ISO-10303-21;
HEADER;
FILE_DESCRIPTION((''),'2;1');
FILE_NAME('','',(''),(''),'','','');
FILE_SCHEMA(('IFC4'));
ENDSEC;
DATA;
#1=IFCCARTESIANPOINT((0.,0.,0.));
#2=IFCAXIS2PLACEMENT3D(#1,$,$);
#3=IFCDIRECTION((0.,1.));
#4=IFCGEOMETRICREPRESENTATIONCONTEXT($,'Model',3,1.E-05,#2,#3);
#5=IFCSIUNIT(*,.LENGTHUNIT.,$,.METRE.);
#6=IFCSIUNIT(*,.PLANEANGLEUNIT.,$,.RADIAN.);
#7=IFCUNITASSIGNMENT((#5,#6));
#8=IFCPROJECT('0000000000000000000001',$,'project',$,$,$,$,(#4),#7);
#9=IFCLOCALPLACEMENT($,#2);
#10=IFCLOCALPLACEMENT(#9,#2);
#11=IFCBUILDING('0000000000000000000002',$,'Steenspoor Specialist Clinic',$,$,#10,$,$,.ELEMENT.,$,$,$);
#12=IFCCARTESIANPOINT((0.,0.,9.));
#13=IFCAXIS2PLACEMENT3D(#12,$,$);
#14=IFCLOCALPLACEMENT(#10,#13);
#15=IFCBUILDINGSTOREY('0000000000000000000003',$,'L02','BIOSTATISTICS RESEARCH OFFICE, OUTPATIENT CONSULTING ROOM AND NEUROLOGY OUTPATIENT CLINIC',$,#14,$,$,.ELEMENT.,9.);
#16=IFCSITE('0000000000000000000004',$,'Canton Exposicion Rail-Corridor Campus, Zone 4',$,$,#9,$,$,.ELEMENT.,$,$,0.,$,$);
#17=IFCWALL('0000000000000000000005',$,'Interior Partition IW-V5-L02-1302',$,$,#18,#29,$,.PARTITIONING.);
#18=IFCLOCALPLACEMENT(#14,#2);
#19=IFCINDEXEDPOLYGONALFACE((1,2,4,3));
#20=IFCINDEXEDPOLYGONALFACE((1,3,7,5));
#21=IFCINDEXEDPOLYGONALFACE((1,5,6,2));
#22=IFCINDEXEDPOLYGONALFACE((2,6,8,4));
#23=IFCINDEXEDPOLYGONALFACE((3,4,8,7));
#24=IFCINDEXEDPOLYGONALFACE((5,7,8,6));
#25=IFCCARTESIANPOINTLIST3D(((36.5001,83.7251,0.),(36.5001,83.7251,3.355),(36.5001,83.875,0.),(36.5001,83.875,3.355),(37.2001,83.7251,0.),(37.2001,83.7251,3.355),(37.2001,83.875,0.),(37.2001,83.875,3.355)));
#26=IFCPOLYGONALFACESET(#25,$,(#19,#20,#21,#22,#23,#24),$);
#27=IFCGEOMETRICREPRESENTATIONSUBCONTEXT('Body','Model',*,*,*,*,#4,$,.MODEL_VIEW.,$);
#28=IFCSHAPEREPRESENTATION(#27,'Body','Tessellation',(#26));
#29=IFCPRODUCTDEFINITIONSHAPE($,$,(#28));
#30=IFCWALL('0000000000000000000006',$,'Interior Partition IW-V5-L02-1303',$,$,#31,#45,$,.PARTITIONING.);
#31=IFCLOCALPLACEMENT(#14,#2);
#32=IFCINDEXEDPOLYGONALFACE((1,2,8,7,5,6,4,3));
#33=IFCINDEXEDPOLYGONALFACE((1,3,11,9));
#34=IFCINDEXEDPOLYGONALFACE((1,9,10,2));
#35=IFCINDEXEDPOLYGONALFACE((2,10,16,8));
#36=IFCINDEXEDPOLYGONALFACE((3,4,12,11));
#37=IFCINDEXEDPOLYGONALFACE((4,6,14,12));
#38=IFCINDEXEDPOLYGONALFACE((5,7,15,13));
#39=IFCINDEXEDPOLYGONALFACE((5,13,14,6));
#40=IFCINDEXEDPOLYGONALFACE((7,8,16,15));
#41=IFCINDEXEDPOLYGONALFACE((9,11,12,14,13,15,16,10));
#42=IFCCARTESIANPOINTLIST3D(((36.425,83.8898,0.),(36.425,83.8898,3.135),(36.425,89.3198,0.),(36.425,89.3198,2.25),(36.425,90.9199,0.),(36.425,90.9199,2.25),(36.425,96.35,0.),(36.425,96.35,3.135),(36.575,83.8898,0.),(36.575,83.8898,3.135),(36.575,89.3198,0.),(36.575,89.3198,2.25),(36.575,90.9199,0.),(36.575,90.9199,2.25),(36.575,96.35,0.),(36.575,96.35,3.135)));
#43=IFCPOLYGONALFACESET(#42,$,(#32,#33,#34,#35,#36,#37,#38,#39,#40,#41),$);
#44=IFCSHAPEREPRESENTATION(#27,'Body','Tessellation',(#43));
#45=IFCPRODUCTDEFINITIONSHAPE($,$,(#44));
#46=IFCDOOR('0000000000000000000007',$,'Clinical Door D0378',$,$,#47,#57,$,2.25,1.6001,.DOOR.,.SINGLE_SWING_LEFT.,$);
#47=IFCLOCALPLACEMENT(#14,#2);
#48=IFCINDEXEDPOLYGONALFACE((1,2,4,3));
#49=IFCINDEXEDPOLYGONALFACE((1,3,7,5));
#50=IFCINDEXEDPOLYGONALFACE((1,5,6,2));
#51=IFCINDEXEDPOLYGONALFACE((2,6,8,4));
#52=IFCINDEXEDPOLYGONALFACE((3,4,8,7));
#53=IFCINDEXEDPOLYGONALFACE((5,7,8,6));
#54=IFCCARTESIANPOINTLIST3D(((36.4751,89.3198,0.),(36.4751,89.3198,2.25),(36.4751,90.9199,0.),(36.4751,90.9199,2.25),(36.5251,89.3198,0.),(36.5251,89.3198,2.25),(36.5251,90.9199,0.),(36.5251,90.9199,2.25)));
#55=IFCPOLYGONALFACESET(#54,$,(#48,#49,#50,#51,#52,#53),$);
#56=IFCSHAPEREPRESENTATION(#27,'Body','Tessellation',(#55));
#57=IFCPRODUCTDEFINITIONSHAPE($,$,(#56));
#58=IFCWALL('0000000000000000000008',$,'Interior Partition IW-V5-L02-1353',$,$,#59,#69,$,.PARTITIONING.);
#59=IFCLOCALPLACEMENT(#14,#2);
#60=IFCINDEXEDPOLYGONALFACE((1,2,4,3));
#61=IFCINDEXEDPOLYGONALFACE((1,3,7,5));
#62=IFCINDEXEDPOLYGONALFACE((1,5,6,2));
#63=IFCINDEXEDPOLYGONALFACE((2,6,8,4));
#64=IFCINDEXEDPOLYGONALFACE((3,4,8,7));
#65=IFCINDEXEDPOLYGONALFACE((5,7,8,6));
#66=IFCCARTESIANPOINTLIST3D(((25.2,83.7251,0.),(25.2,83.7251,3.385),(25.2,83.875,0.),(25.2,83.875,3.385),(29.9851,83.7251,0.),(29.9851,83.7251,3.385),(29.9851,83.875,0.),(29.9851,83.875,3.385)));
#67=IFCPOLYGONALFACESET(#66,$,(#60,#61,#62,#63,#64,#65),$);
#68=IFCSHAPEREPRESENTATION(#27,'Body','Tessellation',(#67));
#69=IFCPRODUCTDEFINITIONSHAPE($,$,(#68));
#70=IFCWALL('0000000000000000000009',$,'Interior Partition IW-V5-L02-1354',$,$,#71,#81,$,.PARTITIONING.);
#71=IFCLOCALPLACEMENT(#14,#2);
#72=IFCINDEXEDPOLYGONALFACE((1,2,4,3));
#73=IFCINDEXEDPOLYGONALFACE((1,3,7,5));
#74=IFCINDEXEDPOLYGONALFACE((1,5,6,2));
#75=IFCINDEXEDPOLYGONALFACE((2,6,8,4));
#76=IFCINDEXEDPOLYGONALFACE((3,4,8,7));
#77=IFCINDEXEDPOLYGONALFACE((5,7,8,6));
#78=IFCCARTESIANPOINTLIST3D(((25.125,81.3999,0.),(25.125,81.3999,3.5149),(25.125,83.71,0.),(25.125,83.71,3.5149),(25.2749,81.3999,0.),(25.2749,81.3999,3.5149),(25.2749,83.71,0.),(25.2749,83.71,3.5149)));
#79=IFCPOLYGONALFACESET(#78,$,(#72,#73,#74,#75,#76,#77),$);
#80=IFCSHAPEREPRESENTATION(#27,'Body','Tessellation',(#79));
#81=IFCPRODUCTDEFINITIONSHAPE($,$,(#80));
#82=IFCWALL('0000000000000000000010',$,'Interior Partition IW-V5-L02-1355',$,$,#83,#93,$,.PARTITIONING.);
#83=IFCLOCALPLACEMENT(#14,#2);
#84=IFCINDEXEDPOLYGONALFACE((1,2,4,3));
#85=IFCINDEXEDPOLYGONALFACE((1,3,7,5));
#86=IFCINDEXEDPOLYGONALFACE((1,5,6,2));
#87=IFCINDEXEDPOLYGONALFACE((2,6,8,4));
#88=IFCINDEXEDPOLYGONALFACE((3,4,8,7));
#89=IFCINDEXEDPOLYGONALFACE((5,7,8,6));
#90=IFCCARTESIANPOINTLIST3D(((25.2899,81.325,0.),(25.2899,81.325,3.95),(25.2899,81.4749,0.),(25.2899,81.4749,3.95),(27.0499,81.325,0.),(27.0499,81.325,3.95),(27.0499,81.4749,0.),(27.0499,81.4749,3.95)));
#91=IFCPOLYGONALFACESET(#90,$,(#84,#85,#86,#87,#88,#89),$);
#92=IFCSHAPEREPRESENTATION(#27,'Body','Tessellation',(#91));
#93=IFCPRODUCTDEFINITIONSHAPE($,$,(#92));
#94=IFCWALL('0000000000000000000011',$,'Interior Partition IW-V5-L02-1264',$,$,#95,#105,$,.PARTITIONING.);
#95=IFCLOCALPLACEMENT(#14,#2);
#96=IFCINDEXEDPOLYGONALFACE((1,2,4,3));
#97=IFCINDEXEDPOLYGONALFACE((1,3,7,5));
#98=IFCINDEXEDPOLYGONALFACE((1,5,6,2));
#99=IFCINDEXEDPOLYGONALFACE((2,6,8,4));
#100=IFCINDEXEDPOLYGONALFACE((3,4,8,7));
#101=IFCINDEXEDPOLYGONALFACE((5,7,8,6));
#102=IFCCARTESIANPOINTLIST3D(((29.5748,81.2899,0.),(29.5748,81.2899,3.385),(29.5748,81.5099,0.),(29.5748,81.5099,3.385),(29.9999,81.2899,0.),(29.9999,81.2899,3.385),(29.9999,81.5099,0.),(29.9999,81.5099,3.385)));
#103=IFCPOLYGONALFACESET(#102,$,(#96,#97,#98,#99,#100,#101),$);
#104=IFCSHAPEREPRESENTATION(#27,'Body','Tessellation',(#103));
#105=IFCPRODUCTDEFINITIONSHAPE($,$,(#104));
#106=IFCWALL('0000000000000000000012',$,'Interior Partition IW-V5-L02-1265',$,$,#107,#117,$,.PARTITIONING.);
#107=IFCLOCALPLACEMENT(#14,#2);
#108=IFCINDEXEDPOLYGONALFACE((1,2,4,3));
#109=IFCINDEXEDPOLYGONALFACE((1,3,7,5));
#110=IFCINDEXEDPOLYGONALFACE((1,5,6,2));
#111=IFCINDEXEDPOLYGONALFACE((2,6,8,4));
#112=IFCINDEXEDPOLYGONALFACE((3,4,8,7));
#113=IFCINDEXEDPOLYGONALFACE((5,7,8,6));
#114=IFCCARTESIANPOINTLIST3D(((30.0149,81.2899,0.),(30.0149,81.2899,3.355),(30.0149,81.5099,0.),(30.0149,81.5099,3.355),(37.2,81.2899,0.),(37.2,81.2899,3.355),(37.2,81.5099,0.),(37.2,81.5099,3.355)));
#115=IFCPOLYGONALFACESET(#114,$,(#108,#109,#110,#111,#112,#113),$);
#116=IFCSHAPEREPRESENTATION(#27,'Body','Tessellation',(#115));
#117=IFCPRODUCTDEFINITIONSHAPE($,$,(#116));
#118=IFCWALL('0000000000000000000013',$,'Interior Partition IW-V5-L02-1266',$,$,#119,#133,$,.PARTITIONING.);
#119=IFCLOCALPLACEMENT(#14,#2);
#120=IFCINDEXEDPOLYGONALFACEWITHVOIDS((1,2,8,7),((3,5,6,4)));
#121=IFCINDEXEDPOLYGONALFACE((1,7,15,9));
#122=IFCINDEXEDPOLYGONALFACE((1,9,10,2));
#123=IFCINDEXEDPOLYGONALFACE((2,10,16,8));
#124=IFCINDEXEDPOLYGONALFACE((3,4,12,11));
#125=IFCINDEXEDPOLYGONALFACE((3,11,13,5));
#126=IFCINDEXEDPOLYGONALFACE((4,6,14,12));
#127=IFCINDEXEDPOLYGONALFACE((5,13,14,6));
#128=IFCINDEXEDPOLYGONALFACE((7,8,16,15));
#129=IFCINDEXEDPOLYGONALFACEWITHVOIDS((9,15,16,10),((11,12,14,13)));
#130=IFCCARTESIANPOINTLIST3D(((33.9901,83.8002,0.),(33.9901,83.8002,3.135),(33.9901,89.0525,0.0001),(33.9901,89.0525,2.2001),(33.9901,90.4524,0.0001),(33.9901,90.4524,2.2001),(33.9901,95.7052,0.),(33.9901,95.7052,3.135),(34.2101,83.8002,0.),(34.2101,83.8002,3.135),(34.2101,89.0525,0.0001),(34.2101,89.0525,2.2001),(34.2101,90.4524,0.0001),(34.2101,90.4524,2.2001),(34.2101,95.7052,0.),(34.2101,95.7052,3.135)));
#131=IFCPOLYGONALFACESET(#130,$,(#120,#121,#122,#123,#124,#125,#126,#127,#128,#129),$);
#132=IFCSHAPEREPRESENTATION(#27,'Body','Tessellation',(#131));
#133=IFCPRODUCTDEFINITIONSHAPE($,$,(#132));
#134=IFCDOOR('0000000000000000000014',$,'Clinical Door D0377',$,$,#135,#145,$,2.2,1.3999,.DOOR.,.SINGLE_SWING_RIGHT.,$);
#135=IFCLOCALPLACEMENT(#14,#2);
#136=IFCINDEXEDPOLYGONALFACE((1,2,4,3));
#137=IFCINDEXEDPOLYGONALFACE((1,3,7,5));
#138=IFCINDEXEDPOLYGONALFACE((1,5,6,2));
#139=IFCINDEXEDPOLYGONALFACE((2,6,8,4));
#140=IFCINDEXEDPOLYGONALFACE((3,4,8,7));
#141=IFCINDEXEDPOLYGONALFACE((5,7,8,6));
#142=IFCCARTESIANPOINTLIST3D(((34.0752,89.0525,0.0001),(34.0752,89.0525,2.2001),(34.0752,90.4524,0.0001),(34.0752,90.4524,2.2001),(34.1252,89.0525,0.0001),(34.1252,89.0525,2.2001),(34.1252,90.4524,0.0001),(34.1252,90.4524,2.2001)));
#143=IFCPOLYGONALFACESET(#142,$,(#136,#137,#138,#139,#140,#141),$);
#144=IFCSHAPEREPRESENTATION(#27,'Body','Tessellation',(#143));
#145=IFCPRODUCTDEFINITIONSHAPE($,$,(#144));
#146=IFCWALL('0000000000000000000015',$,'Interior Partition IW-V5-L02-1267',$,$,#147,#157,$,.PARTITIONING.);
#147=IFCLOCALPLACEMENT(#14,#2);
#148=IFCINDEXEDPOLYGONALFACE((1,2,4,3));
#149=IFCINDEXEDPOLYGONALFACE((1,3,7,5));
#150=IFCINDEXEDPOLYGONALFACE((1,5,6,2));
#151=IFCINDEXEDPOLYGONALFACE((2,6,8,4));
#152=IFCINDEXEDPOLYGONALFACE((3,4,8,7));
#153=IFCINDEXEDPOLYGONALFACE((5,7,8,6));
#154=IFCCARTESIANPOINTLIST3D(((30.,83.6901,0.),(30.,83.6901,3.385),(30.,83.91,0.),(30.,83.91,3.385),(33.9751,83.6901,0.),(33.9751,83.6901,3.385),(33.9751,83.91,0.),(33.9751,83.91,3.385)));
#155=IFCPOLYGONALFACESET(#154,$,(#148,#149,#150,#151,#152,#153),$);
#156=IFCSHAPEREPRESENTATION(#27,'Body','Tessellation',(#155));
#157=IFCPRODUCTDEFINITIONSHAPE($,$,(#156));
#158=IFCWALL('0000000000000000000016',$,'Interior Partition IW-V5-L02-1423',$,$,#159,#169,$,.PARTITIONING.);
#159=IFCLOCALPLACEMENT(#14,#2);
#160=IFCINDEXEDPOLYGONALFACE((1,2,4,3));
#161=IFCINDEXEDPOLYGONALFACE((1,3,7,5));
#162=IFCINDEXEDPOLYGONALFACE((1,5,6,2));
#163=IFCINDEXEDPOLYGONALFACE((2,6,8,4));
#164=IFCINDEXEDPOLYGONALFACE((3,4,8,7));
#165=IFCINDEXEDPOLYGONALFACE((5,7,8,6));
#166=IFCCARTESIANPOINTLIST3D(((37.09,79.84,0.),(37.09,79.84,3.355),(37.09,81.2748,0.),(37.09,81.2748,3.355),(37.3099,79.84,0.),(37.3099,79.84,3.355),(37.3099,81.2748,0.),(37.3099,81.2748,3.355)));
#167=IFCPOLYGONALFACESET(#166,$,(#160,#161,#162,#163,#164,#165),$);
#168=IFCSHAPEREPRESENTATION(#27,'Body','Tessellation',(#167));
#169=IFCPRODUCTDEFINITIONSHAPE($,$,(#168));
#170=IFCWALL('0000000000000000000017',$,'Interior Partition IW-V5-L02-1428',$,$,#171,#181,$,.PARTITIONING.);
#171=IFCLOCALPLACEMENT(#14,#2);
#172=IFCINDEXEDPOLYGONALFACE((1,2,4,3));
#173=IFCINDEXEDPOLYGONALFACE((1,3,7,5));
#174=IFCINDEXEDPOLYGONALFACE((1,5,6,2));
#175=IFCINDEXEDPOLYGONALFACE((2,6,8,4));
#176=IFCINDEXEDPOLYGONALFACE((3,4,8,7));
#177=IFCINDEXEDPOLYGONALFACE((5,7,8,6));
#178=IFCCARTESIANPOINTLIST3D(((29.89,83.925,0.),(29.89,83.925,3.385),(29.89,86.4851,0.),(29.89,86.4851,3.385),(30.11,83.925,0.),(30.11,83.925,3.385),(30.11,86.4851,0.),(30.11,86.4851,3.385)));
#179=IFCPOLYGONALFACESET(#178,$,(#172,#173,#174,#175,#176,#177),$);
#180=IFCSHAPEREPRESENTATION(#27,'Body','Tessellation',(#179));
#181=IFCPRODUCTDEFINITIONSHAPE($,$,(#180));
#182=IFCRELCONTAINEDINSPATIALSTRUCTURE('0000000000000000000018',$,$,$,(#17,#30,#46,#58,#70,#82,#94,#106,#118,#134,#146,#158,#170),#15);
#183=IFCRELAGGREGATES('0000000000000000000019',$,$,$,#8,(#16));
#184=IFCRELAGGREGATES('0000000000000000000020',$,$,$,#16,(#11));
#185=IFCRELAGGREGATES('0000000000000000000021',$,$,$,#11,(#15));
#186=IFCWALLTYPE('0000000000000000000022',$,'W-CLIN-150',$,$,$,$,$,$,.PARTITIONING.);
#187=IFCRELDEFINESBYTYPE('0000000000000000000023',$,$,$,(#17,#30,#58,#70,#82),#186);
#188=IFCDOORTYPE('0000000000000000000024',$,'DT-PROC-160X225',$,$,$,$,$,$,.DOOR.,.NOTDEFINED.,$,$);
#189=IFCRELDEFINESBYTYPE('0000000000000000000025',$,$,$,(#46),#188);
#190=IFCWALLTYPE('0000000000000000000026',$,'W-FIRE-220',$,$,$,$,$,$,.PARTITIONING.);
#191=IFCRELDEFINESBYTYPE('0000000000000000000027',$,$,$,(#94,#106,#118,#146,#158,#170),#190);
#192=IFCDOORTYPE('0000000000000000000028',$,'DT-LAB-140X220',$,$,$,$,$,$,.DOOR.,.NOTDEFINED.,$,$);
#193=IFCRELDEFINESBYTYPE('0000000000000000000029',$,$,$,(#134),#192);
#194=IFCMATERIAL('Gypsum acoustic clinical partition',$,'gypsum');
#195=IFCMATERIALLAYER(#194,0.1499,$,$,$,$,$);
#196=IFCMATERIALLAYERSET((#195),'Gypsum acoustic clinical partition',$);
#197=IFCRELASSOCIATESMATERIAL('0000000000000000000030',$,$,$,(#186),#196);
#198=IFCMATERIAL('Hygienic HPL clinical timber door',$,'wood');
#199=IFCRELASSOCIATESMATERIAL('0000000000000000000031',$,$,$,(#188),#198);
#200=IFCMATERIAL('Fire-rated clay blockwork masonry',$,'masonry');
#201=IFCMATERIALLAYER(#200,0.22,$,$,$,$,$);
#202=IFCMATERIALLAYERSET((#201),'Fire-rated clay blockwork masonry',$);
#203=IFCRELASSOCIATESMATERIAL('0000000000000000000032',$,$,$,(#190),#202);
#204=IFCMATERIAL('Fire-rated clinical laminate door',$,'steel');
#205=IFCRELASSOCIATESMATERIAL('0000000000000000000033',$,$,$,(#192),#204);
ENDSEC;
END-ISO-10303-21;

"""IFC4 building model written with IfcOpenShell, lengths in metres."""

from ifc_helpers import new_model, si_unit, direction, frame, frame_2d, origin, place, context, subcontext, project, spatial, rectangle, extrude, material, layer, layer_set, type_object, element, fill, save


model = new_model("IFC4")

# Units and contexts
model_context = context("Model", 3, precision=1e-05, world=origin(), true_north=direction((0.0, 1.0)))
body_context = subcontext(model_context, "Body", "Model", "MODEL_VIEW")
ifc_project = project(units=[si_unit("LENGTHUNIT", "METRE"), si_unit("PLANEANGLEUNIT", "RADIAN")], contexts=[model_context])

# Site, building, storey
site_placement = place(None, origin())
site = spatial("IfcSite", under=ifc_project, at=site_placement, Name="Canton Exposicion Rail-Corridor Campus, Zone 4", CompositionType="ELEMENT", RefElevation=0.0)
building_placement = place(site_placement, origin())
building = spatial("IfcBuilding", under=site, at=building_placement, Name="Steenspoor Specialist Clinic", CompositionType="ELEMENT")
storey_placement = place(building_placement, frame((0.0, 0.0, 9.0)))
storey = spatial("IfcBuildingStorey", under=building, at=storey_placement, Name="L02", Description="BIOSTATISTICS RESEARCH OFFICE, OUTPATIENT CONSULTING ROOM AND NEUROLOGY OUTPATIENT CLINIC", CompositionType="ELEMENT", Elevation=9.0)

# Wall
ifc_material_1 = material(Name="Gypsum acoustic clinical partition", Category="gypsum")
ifc_layer_1 = layer(ifc_material_1, 0.1499)
ifc_layer_set_1 = layer_set([ifc_layer_1], Name="Gypsum acoustic clinical partition")
wall_type_1 = type_object("IfcWallType", Name="W-CLIN-150", PredefinedType="PARTITIONING", material=ifc_layer_set_1)
wall_1_placement = place(storey_placement, frame((36.5, 83.8, 0.0), z_axis=(0.0, 0.0, 1.0), x_axis=(1.0, 0.0, 0.0)))
element("IfcWall", 1, at=wall_1_placement, inside=storey, type_object=wall_type_1, Name="Interior Partition IW-V5-L02-1302", PredefinedType="PARTITIONING", context=body_context, shape_type="SweptSolid", body=[
    extrude(rectangle(XDim=0.7, YDim=0.1499, at=frame_2d((0.3501, 0.0))), origin(), (0.0, 0.0, 1.0), 3.355),
])

# Wall, opening, door
wall_2_placement = place(storey_placement, frame((36.5, 83.8899, 0.0), z_axis=(0.0, 0.0, 1.0), x_axis=(0.0, 1.0, 0.0)))
wall_2 = element("IfcWall", 2, at=wall_2_placement, inside=storey, type_object=wall_type_1, Name="Interior Partition IW-V5-L02-1303", PredefinedType="PARTITIONING", context=body_context, shape_type="SweptSolid", body=[
    extrude(rectangle(XDim=12.4602, YDim=0.1499, at=frame_2d((6.23, 0.0))), origin(), (0.0, 0.0, 1.0), 3.135),
])
opening_1_placement = place(wall_2_placement, frame((5.4299, 0.0, 0.0)))
opening_1 = element("IfcOpeningElement", 3, at=opening_1_placement, cuts=wall_2, PredefinedType="OPENING", context=body_context, shape_type="SweptSolid", body=[
    extrude(rectangle(XDim=1.6001, YDim=2.25, at=frame_2d((0.8, 1.125))), frame((0.0, 0.085, 0.0), z_axis=(0.0, -1.0, 0.0), x_axis=(1.0, 0.0, 0.0)), (0.0, 0.0, 1.0), 0.1699),
])
ifc_material_2 = material(Name="Hygienic HPL clinical timber door", Category="wood")
door_type_1 = type_object("IfcDoorType", Name="DT-PROC-160X225", OperationType="NOTDEFINED", PredefinedType="DOOR", material=ifc_material_2)
door_1_placement = place(opening_1_placement, origin())
door_1 = element("IfcDoor", 4, at=door_1_placement, inside=storey, type_object=door_type_1, Name="Clinical Door D0378", OperationType="SINGLE_SWING_LEFT", OverallHeight=2.25, OverallWidth=1.6001, PredefinedType="DOOR", context=body_context, shape_type="SweptSolid", body=[
    extrude(rectangle(XDim=1.6001, YDim=2.25, at=frame_2d((0.8, 1.125))), frame((0.0, 0.0249, 0.0), z_axis=(0.0, -1.0, 0.0), x_axis=(1.0, 0.0, 0.0)), (0.0, 0.0, 1.0), 0.05),
])
fill(opening_1, door_1)

# Walls
wall_3_placement = place(storey_placement, frame((25.2, 83.8, 0.0), z_axis=(0.0, 0.0, 1.0), x_axis=(1.0, 0.0, 0.0)))
element("IfcWall", 5, at=wall_3_placement, inside=storey, type_object=wall_type_1, Name="Interior Partition IW-V5-L02-1353", PredefinedType="PARTITIONING", context=body_context, shape_type="SweptSolid", body=[
    extrude(rectangle(XDim=4.7852, YDim=0.1499, at=frame_2d((2.3926, 0.0))), origin(), (0.0, 0.0, 1.0), 3.385),
])
wall_4_placement = place(storey_placement, frame((25.2, 81.3999, 0.0), z_axis=(0.0, 0.0, 1.0), x_axis=(0.0, 1.0, 0.0)))
element("IfcWall", 6, at=wall_4_placement, inside=storey, type_object=wall_type_1, Name="Interior Partition IW-V5-L02-1354", PredefinedType="PARTITIONING", context=body_context, shape_type="SweptSolid", body=[
    extrude(rectangle(XDim=2.3101, YDim=0.1499, at=frame_2d((1.155, 0.0))), origin(), (0.0, 0.0, 1.0), 3.5149),
])
wall_5_placement = place(storey_placement, frame((25.29, 81.3999, 0.0), z_axis=(0.0, 0.0, 1.0), x_axis=(1.0, 0.0, 0.0)))
element("IfcWall", 7, at=wall_5_placement, inside=storey, type_object=wall_type_1, Name="Interior Partition IW-V5-L02-1355", PredefinedType="PARTITIONING", context=body_context, shape_type="SweptSolid", body=[
    extrude(rectangle(XDim=1.76, YDim=0.1499, at=frame_2d((0.8799, 0.0))), origin(), (0.0, 0.0, 1.0), 3.95),
])
ifc_material_3 = material(Name="Fire-rated clay blockwork masonry", Category="masonry")
ifc_layer_2 = layer(ifc_material_3, 0.22)
ifc_layer_set_2 = layer_set([ifc_layer_2], Name="Fire-rated clay blockwork masonry")
wall_type_2 = type_object("IfcWallType", Name="W-FIRE-220", PredefinedType="PARTITIONING", material=ifc_layer_set_2)
wall_6_placement = place(storey_placement, frame((29.575, 81.3999, 0.0), z_axis=(0.0, 0.0, 1.0), x_axis=(1.0, 0.0, 0.0)))
element("IfcWall", 8, at=wall_6_placement, inside=storey, type_object=wall_type_2, Name="Interior Partition IW-V5-L02-1264", PredefinedType="PARTITIONING", context=body_context, shape_type="SweptSolid", body=[
    extrude(rectangle(XDim=0.425, YDim=0.22, at=frame_2d((0.2124, 0.0))), origin(), (0.0, 0.0, 1.0), 3.385),
])
wall_7_placement = place(storey_placement, frame((30.0149, 81.3999, 0.0), z_axis=(0.0, 0.0, 1.0), x_axis=(1.0, 0.0, 0.0)))
element("IfcWall", 9, at=wall_7_placement, inside=storey, type_object=wall_type_2, Name="Interior Partition IW-V5-L02-1265", PredefinedType="PARTITIONING", context=body_context, shape_type="SweptSolid", body=[
    extrude(rectangle(XDim=7.1851, YDim=0.22, at=frame_2d((3.5925, 0.0))), origin(), (0.0, 0.0, 1.0), 3.355),
])

# Wall, opening, door
wall_8_placement = place(storey_placement, frame((34.1001, 83.8, 0.0), z_axis=(0.0, 0.0, 1.0), x_axis=(0.0, 1.0, 0.0)))
wall_8 = element("IfcWall", 10, at=wall_8_placement, inside=storey, type_object=wall_type_2, Name="Interior Partition IW-V5-L02-1266", PredefinedType="PARTITIONING", context=body_context, shape_type="SweptSolid", body=[
    extrude(rectangle(XDim=11.905, YDim=0.22, at=frame_2d((5.9526, 0.0))), origin(), (0.0, 0.0, 1.0), 3.135),
])
opening_2_placement = place(wall_8_placement, frame((5.2524, 0.0, 0.0)))
opening_2 = element("IfcOpeningElement", 11, at=opening_2_placement, cuts=wall_8, PredefinedType="OPENING", context=body_context, shape_type="SweptSolid", body=[
    extrude(rectangle(XDim=1.3999, YDim=2.2, at=frame_2d((0.7, 1.1001))), frame((0.0, 0.1201, 0.0), z_axis=(0.0, -1.0, 0.0), x_axis=(1.0, 0.0, 0.0)), (0.0, 0.0, 1.0), 0.24),
])
ifc_material_4 = material(Name="Fire-rated clinical laminate door", Category="steel")
door_type_2 = type_object("IfcDoorType", Name="DT-LAB-140X220", OperationType="NOTDEFINED", PredefinedType="DOOR", material=ifc_material_4)
door_2_placement = place(opening_2_placement, origin())
door_2 = element("IfcDoor", 12, at=door_2_placement, inside=storey, type_object=door_type_2, Name="Clinical Door D0377", OperationType="SINGLE_SWING_RIGHT", OverallHeight=2.2, OverallWidth=1.3999, PredefinedType="DOOR", context=body_context, shape_type="SweptSolid", body=[
    extrude(rectangle(XDim=1.3999, YDim=2.2, at=frame_2d((0.7, 1.1001))), frame((0.0, 0.0249, 0.0), z_axis=(0.0, -1.0, 0.0), x_axis=(1.0, 0.0, 0.0)), (0.0, 0.0, 1.0), 0.05),
])
fill(opening_2, door_2)

# Walls
wall_9_placement = place(storey_placement, frame((30.0, 83.8, 0.0), z_axis=(0.0, 0.0, 1.0), x_axis=(1.0, 0.0, 0.0)))
element("IfcWall", 13, at=wall_9_placement, inside=storey, type_object=wall_type_2, Name="Interior Partition IW-V5-L02-1267", PredefinedType="PARTITIONING", context=body_context, shape_type="SweptSolid", body=[
    extrude(rectangle(XDim=3.9751, YDim=0.22, at=frame_2d((1.9875, 0.0))), origin(), (0.0, 0.0, 1.0), 3.385),
])
wall_10_placement = place(storey_placement, frame((37.2, 79.8401, 0.0), z_axis=(0.0, 0.0, 1.0), x_axis=(0.0, 1.0, 0.0)))
element("IfcWall", 14, at=wall_10_placement, inside=storey, type_object=wall_type_2, Name="Interior Partition IW-V5-L02-1423", PredefinedType="PARTITIONING", context=body_context, shape_type="SweptSolid", body=[
    extrude(rectangle(XDim=1.4348, YDim=0.22, at=frame_2d((0.7173, 0.0))), origin(), (0.0, 0.0, 1.0), 3.355),
])
wall_11_placement = place(storey_placement, frame((30.0, 83.925, 0.0), z_axis=(0.0, 0.0, 1.0), x_axis=(0.0, 1.0, 0.0)))
element("IfcWall", 15, at=wall_11_placement, inside=storey, type_object=wall_type_2, Name="Interior Partition IW-V5-L02-1428", PredefinedType="PARTITIONING", context=body_context, shape_type="SweptSolid", body=[
    extrude(rectangle(XDim=2.5601, YDim=0.22, at=frame_2d((1.28, 0.0))), origin(), (0.0, 0.0, 1.0), 3.385),
])

save(model, "model.ifc")
